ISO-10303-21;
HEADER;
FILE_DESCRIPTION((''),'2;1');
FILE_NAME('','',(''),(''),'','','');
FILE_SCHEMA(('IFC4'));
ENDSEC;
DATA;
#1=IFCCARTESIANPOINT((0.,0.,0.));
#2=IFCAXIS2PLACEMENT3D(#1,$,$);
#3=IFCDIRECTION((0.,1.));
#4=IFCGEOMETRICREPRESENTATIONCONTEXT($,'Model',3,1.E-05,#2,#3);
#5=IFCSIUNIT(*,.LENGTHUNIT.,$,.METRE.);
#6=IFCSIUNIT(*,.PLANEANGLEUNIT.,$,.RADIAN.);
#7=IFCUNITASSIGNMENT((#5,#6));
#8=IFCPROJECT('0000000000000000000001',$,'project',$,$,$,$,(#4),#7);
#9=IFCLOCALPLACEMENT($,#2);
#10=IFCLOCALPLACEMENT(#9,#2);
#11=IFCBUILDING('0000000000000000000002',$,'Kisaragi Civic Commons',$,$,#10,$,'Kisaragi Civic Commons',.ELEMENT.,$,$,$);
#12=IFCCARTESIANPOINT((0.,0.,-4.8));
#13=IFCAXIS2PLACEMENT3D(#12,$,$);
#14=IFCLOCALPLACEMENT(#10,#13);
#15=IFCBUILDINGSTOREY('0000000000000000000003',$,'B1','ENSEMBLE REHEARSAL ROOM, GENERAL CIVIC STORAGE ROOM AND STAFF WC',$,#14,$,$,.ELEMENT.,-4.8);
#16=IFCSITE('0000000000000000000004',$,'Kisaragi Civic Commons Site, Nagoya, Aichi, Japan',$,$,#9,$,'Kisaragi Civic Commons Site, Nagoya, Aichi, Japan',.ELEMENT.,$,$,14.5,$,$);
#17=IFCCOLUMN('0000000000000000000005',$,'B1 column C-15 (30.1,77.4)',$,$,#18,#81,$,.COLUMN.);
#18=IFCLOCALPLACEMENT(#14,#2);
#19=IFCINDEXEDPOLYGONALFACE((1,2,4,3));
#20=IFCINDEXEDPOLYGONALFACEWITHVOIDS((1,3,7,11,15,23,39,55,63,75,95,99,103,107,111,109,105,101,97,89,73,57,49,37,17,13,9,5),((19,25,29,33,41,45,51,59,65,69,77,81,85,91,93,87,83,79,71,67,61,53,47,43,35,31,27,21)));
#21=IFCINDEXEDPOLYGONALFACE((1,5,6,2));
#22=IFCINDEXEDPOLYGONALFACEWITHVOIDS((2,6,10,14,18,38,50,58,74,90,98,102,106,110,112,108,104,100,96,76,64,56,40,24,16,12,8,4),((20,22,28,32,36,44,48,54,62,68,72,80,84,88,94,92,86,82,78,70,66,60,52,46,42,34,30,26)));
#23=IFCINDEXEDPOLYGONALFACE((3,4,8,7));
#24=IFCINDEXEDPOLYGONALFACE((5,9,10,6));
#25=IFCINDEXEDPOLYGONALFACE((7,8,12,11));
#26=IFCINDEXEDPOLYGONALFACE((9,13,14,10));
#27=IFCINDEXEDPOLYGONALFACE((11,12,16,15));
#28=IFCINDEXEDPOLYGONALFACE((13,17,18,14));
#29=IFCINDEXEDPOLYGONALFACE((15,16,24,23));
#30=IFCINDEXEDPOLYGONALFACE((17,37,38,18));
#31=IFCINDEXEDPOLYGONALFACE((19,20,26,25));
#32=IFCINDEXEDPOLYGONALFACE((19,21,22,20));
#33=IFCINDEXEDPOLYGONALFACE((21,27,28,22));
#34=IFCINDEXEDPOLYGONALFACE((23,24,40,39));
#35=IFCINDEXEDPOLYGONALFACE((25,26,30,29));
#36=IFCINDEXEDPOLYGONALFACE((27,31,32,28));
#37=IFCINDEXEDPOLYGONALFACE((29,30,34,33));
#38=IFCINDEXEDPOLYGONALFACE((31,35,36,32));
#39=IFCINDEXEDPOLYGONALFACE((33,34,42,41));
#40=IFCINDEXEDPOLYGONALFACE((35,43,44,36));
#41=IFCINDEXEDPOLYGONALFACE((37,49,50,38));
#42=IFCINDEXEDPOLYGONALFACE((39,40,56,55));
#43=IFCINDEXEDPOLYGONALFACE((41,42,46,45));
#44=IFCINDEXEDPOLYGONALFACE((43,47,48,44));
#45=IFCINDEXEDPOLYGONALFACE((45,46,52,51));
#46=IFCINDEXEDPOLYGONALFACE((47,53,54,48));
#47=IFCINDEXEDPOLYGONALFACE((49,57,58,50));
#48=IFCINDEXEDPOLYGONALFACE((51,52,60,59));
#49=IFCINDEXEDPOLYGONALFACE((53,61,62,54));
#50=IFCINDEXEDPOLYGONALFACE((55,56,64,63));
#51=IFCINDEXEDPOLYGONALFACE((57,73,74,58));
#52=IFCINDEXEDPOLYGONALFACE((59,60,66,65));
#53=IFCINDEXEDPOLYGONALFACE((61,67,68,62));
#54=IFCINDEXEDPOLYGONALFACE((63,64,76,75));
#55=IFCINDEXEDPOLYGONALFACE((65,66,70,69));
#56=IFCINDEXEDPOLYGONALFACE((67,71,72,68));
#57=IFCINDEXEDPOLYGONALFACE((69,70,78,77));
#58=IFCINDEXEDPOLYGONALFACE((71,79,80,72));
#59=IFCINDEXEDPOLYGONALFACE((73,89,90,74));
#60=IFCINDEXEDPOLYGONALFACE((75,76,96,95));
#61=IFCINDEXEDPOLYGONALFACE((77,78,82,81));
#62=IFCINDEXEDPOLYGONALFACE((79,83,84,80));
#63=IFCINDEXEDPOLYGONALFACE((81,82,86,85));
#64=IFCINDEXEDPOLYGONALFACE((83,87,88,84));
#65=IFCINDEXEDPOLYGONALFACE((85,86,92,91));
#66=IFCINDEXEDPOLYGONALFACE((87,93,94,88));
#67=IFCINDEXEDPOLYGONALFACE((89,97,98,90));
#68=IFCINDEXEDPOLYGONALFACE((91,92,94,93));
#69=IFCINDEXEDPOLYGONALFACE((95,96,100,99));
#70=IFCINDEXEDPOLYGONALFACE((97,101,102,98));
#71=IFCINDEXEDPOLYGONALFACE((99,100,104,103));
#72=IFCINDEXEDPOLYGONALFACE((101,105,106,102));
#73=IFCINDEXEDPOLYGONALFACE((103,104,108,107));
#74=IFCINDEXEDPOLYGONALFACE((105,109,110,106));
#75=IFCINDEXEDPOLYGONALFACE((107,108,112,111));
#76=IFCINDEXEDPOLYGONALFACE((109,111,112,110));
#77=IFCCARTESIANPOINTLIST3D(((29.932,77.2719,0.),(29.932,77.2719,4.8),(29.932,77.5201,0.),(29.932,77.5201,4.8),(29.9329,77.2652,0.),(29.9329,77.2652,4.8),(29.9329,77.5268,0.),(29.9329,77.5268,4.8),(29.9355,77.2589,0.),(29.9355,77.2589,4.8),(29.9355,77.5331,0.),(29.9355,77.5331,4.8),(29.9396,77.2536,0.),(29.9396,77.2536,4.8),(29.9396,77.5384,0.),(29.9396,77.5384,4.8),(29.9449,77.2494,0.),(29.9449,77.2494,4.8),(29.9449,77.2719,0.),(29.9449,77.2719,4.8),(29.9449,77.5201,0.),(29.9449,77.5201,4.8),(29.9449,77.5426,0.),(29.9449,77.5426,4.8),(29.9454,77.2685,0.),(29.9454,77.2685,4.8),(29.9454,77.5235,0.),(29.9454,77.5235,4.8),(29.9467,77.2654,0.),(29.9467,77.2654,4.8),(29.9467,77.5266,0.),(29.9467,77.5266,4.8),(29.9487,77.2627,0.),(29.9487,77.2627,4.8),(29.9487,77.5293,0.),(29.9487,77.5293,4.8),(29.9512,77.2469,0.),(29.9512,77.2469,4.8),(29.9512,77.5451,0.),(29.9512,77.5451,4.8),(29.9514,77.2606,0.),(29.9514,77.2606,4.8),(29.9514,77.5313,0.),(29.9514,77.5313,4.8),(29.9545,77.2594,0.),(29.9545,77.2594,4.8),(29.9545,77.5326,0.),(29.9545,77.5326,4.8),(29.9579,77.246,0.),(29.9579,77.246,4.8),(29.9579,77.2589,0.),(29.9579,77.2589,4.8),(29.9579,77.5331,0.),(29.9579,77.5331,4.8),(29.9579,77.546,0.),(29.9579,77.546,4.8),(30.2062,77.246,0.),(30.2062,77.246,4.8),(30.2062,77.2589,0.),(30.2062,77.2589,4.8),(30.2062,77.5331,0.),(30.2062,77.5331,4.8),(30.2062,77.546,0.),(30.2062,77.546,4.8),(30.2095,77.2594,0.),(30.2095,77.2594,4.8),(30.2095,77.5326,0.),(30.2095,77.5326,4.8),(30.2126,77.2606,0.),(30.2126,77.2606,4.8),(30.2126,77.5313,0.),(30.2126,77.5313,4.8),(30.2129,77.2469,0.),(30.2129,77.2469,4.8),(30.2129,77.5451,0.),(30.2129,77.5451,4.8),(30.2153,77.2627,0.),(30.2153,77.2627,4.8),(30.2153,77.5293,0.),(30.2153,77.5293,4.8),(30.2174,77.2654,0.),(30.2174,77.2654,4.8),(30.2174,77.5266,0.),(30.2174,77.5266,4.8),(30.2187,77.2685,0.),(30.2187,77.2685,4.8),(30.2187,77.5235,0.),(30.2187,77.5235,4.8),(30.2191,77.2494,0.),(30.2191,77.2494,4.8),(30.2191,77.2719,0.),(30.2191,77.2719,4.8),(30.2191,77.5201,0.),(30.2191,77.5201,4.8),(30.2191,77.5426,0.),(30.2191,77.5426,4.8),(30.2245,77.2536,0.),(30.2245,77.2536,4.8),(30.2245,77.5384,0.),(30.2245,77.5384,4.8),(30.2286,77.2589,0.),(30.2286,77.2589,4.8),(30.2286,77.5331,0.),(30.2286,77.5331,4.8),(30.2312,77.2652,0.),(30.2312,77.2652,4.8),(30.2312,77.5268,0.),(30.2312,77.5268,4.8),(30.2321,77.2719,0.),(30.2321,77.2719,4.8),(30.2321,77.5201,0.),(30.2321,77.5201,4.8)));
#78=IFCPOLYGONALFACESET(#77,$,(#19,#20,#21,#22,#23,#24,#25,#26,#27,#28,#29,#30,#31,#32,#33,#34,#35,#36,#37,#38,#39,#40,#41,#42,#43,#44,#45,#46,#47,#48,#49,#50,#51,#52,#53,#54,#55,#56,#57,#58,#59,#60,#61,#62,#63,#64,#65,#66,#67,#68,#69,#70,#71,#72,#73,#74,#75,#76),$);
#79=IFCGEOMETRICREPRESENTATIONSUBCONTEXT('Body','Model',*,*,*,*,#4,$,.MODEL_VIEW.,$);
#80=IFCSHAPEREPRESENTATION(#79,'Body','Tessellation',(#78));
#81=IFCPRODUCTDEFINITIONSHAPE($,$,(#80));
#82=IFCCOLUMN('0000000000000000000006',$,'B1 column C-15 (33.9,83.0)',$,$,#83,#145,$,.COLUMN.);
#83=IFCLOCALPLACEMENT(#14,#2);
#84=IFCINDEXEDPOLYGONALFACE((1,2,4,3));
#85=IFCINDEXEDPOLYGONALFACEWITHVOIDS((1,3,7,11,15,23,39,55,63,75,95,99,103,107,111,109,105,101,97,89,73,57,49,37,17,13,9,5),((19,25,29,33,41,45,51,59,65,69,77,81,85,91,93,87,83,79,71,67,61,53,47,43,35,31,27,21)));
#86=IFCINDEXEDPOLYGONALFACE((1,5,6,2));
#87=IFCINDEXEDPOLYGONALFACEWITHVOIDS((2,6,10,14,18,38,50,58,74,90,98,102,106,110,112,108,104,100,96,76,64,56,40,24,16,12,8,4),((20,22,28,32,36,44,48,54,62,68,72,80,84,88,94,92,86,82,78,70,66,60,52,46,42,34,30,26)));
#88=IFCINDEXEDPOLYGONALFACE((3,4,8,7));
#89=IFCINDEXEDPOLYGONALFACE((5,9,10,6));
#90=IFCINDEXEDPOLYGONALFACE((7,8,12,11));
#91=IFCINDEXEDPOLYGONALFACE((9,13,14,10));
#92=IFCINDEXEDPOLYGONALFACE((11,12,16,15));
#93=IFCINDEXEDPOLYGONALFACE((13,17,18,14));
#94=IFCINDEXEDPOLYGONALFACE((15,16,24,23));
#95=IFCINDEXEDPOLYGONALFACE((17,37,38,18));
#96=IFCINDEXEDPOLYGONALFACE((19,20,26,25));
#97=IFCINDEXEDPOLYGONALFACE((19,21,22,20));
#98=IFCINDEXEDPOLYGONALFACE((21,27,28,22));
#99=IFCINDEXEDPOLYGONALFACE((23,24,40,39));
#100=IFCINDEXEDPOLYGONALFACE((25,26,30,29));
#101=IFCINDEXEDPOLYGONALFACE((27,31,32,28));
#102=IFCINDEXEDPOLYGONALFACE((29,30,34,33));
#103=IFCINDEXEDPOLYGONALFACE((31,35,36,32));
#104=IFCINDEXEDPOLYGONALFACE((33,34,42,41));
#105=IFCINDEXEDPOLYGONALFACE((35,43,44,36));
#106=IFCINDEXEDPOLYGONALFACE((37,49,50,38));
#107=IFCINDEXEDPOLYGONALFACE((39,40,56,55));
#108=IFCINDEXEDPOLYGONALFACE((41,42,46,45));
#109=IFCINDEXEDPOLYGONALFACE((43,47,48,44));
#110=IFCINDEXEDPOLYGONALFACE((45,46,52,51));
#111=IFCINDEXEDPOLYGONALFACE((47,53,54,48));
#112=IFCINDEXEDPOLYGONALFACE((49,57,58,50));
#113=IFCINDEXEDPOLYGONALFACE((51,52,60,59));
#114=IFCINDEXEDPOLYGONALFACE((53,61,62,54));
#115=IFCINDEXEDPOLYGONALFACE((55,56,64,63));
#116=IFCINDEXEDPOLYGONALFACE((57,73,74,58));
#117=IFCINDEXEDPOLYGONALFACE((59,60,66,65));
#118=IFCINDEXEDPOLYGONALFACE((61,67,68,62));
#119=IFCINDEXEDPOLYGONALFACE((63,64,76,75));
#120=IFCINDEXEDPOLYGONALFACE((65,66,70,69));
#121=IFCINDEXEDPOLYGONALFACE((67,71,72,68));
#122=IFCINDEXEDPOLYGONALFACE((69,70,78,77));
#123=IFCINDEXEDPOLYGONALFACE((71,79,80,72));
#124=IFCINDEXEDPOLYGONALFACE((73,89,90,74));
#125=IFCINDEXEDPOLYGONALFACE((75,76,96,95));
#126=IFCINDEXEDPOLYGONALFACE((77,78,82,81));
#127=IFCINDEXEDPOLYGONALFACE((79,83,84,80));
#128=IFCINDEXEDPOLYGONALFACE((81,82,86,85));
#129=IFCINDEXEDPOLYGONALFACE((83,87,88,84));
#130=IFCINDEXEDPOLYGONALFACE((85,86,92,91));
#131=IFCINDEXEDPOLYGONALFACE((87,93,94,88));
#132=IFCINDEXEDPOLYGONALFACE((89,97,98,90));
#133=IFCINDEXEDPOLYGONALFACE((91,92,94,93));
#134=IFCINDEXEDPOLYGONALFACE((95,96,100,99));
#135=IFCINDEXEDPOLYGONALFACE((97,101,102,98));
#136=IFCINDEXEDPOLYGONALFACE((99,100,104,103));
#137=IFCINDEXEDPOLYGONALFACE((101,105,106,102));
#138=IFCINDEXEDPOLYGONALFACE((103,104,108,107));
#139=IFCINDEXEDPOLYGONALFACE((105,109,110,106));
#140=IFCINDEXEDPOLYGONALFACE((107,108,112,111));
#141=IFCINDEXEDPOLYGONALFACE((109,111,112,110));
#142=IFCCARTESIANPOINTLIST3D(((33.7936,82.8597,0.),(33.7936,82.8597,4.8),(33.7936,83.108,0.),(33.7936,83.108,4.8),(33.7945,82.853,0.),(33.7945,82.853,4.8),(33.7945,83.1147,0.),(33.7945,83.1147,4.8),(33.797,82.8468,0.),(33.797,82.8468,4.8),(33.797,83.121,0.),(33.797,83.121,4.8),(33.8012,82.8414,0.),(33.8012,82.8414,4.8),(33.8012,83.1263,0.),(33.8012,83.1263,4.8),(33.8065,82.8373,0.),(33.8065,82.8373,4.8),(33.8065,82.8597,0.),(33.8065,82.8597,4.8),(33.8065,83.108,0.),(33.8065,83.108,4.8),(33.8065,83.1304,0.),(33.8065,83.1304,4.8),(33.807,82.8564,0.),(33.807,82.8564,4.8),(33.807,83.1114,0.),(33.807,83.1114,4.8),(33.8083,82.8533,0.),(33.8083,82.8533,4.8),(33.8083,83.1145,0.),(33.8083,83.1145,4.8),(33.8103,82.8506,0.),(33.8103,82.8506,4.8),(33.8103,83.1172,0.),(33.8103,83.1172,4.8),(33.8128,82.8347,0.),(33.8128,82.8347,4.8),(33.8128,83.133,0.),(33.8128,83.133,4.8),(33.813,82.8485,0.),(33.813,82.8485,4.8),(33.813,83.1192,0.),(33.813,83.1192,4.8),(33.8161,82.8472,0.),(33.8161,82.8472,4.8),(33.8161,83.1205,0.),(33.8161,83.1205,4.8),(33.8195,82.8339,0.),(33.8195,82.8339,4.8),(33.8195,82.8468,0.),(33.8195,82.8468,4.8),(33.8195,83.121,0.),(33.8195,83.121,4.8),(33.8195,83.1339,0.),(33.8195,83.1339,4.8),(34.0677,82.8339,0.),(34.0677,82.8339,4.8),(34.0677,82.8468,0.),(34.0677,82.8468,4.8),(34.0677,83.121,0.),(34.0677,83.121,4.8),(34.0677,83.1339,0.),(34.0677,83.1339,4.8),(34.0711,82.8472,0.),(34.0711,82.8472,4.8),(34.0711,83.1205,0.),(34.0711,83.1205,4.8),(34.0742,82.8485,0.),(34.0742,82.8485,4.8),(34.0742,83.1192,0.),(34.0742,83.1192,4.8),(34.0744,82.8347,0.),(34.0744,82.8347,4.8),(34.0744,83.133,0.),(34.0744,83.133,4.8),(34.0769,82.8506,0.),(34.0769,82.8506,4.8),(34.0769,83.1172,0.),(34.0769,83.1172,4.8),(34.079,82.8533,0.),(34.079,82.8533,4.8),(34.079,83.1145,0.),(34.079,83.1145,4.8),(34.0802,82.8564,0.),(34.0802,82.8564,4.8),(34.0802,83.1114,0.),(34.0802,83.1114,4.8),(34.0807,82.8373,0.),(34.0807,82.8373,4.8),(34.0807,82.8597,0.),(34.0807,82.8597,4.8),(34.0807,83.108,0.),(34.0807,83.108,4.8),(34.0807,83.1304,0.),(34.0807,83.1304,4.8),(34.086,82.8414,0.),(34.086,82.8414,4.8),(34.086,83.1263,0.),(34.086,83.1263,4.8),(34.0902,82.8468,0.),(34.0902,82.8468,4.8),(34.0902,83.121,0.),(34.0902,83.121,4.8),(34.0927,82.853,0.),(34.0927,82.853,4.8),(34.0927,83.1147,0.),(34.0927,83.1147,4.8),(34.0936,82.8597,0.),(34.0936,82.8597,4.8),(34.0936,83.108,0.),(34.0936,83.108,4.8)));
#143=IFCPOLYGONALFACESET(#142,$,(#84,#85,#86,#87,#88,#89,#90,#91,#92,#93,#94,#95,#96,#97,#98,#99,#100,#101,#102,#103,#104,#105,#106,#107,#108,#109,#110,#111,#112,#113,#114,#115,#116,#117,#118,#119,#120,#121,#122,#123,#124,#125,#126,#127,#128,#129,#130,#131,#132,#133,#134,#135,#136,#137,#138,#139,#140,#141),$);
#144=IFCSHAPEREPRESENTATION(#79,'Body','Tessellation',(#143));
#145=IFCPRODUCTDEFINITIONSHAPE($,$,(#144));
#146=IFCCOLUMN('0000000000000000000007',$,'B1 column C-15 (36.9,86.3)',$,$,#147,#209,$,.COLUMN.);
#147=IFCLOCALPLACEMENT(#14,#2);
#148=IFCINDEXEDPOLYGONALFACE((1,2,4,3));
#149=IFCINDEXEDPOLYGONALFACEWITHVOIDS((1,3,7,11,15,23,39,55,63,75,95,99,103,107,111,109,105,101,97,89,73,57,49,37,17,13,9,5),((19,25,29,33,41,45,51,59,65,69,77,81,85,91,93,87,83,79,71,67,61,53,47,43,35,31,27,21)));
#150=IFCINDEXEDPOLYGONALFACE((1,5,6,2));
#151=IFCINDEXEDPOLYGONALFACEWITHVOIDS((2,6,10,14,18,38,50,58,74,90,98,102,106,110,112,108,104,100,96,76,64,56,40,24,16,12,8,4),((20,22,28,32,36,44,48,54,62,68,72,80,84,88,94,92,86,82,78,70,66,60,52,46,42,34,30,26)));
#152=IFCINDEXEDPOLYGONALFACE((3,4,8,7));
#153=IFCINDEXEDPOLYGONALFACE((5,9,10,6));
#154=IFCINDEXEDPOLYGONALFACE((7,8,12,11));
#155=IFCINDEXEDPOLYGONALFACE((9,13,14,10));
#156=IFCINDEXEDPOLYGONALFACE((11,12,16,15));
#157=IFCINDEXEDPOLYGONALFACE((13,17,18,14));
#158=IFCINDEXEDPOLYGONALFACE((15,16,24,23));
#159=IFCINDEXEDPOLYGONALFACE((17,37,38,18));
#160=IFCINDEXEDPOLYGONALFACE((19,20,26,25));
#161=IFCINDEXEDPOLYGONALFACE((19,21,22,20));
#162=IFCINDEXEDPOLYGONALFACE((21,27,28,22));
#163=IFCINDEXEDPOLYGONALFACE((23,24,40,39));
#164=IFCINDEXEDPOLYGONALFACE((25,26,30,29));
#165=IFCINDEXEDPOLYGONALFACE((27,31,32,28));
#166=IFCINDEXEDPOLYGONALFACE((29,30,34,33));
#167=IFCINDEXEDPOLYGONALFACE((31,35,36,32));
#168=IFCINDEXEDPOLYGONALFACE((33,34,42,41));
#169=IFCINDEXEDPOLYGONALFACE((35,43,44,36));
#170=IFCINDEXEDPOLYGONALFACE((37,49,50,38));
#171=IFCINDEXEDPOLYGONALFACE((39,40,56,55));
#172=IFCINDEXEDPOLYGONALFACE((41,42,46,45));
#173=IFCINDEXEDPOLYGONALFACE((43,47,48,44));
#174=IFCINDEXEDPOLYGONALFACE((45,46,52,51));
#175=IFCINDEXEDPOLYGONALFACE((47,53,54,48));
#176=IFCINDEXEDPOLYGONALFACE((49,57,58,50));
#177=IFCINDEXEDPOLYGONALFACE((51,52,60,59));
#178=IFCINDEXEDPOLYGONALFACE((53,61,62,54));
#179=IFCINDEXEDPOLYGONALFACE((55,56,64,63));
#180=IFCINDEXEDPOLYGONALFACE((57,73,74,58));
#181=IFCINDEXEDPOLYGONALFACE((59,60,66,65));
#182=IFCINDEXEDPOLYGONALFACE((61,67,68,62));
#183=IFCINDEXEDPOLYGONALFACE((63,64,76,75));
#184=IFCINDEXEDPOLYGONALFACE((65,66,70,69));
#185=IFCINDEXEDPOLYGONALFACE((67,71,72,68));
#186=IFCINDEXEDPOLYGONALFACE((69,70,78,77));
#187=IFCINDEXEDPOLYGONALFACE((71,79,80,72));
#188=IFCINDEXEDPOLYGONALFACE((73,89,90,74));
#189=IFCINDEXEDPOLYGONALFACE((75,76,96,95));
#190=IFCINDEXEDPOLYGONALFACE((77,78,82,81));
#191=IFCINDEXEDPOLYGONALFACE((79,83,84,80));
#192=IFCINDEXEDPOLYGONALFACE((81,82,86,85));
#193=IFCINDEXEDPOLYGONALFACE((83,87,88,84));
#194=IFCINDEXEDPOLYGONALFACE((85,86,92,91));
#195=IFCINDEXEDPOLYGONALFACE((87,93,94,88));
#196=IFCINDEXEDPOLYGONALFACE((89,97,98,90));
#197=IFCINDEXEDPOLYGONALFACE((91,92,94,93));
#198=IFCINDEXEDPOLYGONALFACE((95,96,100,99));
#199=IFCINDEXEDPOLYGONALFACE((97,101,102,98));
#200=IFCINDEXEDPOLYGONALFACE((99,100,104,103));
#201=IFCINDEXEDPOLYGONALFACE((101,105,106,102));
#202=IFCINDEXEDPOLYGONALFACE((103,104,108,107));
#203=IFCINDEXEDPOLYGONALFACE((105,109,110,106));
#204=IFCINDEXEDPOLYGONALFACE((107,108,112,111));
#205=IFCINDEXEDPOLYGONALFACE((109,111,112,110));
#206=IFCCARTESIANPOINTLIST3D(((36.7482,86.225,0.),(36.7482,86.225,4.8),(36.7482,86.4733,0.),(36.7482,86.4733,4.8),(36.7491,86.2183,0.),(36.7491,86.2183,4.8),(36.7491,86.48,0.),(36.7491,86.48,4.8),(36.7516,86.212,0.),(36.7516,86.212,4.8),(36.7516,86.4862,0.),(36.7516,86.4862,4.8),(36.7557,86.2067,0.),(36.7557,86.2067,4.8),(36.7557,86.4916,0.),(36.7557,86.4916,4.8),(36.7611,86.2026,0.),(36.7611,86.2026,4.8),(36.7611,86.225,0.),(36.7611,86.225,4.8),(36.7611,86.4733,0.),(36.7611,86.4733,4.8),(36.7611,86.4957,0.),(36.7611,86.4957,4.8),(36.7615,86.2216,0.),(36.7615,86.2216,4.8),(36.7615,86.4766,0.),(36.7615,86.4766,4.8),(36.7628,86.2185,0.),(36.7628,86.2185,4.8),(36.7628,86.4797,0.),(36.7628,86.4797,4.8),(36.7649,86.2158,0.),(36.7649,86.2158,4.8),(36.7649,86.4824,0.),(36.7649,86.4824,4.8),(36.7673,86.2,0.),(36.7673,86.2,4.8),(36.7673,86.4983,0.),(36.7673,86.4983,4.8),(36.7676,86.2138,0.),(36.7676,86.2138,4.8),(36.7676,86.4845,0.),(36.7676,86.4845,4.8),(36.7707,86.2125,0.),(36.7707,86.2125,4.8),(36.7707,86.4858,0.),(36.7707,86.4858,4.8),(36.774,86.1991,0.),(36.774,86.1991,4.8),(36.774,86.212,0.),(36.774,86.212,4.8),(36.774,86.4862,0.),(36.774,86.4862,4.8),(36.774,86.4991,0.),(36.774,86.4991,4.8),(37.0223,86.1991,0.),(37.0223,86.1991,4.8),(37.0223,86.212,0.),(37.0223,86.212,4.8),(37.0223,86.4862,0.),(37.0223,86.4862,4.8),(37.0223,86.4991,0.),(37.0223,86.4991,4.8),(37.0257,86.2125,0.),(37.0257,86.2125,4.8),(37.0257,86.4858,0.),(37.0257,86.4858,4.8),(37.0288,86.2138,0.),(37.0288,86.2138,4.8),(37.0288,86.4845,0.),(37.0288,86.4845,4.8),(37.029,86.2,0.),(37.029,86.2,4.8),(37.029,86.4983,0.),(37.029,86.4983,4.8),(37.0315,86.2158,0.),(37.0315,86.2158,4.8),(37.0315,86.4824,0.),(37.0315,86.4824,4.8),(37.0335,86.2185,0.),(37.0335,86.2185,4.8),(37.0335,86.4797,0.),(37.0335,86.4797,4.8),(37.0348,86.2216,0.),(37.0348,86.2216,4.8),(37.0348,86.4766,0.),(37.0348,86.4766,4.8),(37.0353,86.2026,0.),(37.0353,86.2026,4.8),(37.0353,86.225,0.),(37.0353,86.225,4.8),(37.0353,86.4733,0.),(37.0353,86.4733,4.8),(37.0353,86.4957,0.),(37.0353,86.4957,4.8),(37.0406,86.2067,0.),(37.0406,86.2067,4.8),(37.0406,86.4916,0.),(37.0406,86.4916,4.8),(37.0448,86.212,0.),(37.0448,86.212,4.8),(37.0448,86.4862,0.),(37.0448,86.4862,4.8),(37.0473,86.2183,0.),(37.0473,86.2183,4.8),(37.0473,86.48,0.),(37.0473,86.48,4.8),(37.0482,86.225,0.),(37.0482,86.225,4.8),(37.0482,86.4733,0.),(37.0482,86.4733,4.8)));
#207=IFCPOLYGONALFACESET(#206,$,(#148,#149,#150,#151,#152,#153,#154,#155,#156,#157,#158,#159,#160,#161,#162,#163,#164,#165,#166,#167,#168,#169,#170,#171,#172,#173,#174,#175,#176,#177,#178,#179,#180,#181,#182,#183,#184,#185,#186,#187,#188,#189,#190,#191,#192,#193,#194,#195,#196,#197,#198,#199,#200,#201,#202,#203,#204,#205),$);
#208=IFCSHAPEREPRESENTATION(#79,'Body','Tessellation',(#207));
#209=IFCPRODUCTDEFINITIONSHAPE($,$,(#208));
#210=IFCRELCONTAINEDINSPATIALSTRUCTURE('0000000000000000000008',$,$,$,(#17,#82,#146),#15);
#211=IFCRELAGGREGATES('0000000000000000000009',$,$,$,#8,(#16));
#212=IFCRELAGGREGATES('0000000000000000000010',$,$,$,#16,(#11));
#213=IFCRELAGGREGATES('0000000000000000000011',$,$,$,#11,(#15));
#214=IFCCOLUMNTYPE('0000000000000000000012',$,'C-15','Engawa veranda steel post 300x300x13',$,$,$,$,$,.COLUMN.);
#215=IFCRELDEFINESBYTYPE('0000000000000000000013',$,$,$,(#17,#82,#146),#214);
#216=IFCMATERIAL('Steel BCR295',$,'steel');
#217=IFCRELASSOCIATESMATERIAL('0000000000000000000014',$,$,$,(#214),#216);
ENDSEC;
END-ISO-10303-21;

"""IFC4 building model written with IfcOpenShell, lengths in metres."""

from ifc_helpers import new_model, si_unit, direction, frame, origin, origin_2d, place, context, subcontext, project, spatial, hollow_rectangle, extrude, material, material_profile, profile_set, type_object, element, save


model = new_model("IFC4")

# Units and contexts
model_context = context("Model", 3, precision=1e-05, world=origin(), true_north=direction((0.0, 1.0)))
body_context = subcontext(model_context, "Body", "Model", "MODEL_VIEW")
ifc_project = project(units=[si_unit("LENGTHUNIT", "METRE"), si_unit("PLANEANGLEUNIT", "RADIAN")], contexts=[model_context])

# Site, building, storey
site_placement = place(None, origin())
site = spatial("IfcSite", under=ifc_project, at=site_placement, Name="Kisaragi Civic Commons Site, Nagoya, Aichi, Japan", LongName="Kisaragi Civic Commons Site, Nagoya, Aichi, Japan", CompositionType="ELEMENT", RefElevation=14.5)
building_placement = place(site_placement, origin())
building = spatial("IfcBuilding", under=site, at=building_placement, Name="Kisaragi Civic Commons", LongName="Kisaragi Civic Commons", CompositionType="ELEMENT")
storey_placement = place(building_placement, frame((0.0, 0.0, -4.8)))
storey = spatial("IfcBuildingStorey", under=building, at=storey_placement, Name="B1", Description="ENSEMBLE REHEARSAL ROOM, GENERAL CIVIC STORAGE ROOM AND STAFF WC", CompositionType="ELEMENT", Elevation=-4.8)

# Columns
ifc_material_1 = material(Name="Steel BCR295", Category="steel")
ifc_material_profile_1 = material_profile(ifc_material_1, hollow_rectangle(XDim=0.3, YDim=0.3, WallThickness=0.0129, InnerFilletRadius=0.0129, OuterFilletRadius=0.0259, at=origin_2d()), Name="BCR-300x300x13", Category="steel")
ifc_profile_set_1 = profile_set([ifc_material_profile_1], Name="Steel BCR295")
column_type_1 = type_object("IfcColumnType", Name="C-15", Description="Engawa veranda steel post 300x300x13", PredefinedType="COLUMN", material=ifc_profile_set_1)
for number, where, z_axis, x_axis, name in (
    (1, (30.082, 77.396, 0.0), (0.0, 0.0, 1.0), (1.0, 0.0, 0.0), "B1 column C-15 (30.1,77.4)"),
    (2, (33.9436, 82.9839, 0.0), (0.0, 0.0, 1.0), (1.0, 0.0, 0.0), "B1 column C-15 (33.9,83.0)"),
    (3, (36.8982, 86.3491, 0.0), (0.0, 0.0, 1.0), (1.0, 0.0, 0.0), "B1 column C-15 (36.9,86.3)"),
):
    element("IfcColumn", number, at=place(storey_placement, frame(where, z_axis=z_axis, x_axis=x_axis)), inside=storey, type_object=column_type_1, Name=name, PredefinedType="COLUMN", context=body_context, shape_type="SweptSolid", body=[
        extrude(hollow_rectangle(XDim=0.3, YDim=0.3, WallThickness=0.0129, InnerFilletRadius=0.0129, OuterFilletRadius=0.0259, at=origin_2d()), origin(), (0.0, 0.0, 1.0), 4.8),
    ])

save(model, "model.ifc")
